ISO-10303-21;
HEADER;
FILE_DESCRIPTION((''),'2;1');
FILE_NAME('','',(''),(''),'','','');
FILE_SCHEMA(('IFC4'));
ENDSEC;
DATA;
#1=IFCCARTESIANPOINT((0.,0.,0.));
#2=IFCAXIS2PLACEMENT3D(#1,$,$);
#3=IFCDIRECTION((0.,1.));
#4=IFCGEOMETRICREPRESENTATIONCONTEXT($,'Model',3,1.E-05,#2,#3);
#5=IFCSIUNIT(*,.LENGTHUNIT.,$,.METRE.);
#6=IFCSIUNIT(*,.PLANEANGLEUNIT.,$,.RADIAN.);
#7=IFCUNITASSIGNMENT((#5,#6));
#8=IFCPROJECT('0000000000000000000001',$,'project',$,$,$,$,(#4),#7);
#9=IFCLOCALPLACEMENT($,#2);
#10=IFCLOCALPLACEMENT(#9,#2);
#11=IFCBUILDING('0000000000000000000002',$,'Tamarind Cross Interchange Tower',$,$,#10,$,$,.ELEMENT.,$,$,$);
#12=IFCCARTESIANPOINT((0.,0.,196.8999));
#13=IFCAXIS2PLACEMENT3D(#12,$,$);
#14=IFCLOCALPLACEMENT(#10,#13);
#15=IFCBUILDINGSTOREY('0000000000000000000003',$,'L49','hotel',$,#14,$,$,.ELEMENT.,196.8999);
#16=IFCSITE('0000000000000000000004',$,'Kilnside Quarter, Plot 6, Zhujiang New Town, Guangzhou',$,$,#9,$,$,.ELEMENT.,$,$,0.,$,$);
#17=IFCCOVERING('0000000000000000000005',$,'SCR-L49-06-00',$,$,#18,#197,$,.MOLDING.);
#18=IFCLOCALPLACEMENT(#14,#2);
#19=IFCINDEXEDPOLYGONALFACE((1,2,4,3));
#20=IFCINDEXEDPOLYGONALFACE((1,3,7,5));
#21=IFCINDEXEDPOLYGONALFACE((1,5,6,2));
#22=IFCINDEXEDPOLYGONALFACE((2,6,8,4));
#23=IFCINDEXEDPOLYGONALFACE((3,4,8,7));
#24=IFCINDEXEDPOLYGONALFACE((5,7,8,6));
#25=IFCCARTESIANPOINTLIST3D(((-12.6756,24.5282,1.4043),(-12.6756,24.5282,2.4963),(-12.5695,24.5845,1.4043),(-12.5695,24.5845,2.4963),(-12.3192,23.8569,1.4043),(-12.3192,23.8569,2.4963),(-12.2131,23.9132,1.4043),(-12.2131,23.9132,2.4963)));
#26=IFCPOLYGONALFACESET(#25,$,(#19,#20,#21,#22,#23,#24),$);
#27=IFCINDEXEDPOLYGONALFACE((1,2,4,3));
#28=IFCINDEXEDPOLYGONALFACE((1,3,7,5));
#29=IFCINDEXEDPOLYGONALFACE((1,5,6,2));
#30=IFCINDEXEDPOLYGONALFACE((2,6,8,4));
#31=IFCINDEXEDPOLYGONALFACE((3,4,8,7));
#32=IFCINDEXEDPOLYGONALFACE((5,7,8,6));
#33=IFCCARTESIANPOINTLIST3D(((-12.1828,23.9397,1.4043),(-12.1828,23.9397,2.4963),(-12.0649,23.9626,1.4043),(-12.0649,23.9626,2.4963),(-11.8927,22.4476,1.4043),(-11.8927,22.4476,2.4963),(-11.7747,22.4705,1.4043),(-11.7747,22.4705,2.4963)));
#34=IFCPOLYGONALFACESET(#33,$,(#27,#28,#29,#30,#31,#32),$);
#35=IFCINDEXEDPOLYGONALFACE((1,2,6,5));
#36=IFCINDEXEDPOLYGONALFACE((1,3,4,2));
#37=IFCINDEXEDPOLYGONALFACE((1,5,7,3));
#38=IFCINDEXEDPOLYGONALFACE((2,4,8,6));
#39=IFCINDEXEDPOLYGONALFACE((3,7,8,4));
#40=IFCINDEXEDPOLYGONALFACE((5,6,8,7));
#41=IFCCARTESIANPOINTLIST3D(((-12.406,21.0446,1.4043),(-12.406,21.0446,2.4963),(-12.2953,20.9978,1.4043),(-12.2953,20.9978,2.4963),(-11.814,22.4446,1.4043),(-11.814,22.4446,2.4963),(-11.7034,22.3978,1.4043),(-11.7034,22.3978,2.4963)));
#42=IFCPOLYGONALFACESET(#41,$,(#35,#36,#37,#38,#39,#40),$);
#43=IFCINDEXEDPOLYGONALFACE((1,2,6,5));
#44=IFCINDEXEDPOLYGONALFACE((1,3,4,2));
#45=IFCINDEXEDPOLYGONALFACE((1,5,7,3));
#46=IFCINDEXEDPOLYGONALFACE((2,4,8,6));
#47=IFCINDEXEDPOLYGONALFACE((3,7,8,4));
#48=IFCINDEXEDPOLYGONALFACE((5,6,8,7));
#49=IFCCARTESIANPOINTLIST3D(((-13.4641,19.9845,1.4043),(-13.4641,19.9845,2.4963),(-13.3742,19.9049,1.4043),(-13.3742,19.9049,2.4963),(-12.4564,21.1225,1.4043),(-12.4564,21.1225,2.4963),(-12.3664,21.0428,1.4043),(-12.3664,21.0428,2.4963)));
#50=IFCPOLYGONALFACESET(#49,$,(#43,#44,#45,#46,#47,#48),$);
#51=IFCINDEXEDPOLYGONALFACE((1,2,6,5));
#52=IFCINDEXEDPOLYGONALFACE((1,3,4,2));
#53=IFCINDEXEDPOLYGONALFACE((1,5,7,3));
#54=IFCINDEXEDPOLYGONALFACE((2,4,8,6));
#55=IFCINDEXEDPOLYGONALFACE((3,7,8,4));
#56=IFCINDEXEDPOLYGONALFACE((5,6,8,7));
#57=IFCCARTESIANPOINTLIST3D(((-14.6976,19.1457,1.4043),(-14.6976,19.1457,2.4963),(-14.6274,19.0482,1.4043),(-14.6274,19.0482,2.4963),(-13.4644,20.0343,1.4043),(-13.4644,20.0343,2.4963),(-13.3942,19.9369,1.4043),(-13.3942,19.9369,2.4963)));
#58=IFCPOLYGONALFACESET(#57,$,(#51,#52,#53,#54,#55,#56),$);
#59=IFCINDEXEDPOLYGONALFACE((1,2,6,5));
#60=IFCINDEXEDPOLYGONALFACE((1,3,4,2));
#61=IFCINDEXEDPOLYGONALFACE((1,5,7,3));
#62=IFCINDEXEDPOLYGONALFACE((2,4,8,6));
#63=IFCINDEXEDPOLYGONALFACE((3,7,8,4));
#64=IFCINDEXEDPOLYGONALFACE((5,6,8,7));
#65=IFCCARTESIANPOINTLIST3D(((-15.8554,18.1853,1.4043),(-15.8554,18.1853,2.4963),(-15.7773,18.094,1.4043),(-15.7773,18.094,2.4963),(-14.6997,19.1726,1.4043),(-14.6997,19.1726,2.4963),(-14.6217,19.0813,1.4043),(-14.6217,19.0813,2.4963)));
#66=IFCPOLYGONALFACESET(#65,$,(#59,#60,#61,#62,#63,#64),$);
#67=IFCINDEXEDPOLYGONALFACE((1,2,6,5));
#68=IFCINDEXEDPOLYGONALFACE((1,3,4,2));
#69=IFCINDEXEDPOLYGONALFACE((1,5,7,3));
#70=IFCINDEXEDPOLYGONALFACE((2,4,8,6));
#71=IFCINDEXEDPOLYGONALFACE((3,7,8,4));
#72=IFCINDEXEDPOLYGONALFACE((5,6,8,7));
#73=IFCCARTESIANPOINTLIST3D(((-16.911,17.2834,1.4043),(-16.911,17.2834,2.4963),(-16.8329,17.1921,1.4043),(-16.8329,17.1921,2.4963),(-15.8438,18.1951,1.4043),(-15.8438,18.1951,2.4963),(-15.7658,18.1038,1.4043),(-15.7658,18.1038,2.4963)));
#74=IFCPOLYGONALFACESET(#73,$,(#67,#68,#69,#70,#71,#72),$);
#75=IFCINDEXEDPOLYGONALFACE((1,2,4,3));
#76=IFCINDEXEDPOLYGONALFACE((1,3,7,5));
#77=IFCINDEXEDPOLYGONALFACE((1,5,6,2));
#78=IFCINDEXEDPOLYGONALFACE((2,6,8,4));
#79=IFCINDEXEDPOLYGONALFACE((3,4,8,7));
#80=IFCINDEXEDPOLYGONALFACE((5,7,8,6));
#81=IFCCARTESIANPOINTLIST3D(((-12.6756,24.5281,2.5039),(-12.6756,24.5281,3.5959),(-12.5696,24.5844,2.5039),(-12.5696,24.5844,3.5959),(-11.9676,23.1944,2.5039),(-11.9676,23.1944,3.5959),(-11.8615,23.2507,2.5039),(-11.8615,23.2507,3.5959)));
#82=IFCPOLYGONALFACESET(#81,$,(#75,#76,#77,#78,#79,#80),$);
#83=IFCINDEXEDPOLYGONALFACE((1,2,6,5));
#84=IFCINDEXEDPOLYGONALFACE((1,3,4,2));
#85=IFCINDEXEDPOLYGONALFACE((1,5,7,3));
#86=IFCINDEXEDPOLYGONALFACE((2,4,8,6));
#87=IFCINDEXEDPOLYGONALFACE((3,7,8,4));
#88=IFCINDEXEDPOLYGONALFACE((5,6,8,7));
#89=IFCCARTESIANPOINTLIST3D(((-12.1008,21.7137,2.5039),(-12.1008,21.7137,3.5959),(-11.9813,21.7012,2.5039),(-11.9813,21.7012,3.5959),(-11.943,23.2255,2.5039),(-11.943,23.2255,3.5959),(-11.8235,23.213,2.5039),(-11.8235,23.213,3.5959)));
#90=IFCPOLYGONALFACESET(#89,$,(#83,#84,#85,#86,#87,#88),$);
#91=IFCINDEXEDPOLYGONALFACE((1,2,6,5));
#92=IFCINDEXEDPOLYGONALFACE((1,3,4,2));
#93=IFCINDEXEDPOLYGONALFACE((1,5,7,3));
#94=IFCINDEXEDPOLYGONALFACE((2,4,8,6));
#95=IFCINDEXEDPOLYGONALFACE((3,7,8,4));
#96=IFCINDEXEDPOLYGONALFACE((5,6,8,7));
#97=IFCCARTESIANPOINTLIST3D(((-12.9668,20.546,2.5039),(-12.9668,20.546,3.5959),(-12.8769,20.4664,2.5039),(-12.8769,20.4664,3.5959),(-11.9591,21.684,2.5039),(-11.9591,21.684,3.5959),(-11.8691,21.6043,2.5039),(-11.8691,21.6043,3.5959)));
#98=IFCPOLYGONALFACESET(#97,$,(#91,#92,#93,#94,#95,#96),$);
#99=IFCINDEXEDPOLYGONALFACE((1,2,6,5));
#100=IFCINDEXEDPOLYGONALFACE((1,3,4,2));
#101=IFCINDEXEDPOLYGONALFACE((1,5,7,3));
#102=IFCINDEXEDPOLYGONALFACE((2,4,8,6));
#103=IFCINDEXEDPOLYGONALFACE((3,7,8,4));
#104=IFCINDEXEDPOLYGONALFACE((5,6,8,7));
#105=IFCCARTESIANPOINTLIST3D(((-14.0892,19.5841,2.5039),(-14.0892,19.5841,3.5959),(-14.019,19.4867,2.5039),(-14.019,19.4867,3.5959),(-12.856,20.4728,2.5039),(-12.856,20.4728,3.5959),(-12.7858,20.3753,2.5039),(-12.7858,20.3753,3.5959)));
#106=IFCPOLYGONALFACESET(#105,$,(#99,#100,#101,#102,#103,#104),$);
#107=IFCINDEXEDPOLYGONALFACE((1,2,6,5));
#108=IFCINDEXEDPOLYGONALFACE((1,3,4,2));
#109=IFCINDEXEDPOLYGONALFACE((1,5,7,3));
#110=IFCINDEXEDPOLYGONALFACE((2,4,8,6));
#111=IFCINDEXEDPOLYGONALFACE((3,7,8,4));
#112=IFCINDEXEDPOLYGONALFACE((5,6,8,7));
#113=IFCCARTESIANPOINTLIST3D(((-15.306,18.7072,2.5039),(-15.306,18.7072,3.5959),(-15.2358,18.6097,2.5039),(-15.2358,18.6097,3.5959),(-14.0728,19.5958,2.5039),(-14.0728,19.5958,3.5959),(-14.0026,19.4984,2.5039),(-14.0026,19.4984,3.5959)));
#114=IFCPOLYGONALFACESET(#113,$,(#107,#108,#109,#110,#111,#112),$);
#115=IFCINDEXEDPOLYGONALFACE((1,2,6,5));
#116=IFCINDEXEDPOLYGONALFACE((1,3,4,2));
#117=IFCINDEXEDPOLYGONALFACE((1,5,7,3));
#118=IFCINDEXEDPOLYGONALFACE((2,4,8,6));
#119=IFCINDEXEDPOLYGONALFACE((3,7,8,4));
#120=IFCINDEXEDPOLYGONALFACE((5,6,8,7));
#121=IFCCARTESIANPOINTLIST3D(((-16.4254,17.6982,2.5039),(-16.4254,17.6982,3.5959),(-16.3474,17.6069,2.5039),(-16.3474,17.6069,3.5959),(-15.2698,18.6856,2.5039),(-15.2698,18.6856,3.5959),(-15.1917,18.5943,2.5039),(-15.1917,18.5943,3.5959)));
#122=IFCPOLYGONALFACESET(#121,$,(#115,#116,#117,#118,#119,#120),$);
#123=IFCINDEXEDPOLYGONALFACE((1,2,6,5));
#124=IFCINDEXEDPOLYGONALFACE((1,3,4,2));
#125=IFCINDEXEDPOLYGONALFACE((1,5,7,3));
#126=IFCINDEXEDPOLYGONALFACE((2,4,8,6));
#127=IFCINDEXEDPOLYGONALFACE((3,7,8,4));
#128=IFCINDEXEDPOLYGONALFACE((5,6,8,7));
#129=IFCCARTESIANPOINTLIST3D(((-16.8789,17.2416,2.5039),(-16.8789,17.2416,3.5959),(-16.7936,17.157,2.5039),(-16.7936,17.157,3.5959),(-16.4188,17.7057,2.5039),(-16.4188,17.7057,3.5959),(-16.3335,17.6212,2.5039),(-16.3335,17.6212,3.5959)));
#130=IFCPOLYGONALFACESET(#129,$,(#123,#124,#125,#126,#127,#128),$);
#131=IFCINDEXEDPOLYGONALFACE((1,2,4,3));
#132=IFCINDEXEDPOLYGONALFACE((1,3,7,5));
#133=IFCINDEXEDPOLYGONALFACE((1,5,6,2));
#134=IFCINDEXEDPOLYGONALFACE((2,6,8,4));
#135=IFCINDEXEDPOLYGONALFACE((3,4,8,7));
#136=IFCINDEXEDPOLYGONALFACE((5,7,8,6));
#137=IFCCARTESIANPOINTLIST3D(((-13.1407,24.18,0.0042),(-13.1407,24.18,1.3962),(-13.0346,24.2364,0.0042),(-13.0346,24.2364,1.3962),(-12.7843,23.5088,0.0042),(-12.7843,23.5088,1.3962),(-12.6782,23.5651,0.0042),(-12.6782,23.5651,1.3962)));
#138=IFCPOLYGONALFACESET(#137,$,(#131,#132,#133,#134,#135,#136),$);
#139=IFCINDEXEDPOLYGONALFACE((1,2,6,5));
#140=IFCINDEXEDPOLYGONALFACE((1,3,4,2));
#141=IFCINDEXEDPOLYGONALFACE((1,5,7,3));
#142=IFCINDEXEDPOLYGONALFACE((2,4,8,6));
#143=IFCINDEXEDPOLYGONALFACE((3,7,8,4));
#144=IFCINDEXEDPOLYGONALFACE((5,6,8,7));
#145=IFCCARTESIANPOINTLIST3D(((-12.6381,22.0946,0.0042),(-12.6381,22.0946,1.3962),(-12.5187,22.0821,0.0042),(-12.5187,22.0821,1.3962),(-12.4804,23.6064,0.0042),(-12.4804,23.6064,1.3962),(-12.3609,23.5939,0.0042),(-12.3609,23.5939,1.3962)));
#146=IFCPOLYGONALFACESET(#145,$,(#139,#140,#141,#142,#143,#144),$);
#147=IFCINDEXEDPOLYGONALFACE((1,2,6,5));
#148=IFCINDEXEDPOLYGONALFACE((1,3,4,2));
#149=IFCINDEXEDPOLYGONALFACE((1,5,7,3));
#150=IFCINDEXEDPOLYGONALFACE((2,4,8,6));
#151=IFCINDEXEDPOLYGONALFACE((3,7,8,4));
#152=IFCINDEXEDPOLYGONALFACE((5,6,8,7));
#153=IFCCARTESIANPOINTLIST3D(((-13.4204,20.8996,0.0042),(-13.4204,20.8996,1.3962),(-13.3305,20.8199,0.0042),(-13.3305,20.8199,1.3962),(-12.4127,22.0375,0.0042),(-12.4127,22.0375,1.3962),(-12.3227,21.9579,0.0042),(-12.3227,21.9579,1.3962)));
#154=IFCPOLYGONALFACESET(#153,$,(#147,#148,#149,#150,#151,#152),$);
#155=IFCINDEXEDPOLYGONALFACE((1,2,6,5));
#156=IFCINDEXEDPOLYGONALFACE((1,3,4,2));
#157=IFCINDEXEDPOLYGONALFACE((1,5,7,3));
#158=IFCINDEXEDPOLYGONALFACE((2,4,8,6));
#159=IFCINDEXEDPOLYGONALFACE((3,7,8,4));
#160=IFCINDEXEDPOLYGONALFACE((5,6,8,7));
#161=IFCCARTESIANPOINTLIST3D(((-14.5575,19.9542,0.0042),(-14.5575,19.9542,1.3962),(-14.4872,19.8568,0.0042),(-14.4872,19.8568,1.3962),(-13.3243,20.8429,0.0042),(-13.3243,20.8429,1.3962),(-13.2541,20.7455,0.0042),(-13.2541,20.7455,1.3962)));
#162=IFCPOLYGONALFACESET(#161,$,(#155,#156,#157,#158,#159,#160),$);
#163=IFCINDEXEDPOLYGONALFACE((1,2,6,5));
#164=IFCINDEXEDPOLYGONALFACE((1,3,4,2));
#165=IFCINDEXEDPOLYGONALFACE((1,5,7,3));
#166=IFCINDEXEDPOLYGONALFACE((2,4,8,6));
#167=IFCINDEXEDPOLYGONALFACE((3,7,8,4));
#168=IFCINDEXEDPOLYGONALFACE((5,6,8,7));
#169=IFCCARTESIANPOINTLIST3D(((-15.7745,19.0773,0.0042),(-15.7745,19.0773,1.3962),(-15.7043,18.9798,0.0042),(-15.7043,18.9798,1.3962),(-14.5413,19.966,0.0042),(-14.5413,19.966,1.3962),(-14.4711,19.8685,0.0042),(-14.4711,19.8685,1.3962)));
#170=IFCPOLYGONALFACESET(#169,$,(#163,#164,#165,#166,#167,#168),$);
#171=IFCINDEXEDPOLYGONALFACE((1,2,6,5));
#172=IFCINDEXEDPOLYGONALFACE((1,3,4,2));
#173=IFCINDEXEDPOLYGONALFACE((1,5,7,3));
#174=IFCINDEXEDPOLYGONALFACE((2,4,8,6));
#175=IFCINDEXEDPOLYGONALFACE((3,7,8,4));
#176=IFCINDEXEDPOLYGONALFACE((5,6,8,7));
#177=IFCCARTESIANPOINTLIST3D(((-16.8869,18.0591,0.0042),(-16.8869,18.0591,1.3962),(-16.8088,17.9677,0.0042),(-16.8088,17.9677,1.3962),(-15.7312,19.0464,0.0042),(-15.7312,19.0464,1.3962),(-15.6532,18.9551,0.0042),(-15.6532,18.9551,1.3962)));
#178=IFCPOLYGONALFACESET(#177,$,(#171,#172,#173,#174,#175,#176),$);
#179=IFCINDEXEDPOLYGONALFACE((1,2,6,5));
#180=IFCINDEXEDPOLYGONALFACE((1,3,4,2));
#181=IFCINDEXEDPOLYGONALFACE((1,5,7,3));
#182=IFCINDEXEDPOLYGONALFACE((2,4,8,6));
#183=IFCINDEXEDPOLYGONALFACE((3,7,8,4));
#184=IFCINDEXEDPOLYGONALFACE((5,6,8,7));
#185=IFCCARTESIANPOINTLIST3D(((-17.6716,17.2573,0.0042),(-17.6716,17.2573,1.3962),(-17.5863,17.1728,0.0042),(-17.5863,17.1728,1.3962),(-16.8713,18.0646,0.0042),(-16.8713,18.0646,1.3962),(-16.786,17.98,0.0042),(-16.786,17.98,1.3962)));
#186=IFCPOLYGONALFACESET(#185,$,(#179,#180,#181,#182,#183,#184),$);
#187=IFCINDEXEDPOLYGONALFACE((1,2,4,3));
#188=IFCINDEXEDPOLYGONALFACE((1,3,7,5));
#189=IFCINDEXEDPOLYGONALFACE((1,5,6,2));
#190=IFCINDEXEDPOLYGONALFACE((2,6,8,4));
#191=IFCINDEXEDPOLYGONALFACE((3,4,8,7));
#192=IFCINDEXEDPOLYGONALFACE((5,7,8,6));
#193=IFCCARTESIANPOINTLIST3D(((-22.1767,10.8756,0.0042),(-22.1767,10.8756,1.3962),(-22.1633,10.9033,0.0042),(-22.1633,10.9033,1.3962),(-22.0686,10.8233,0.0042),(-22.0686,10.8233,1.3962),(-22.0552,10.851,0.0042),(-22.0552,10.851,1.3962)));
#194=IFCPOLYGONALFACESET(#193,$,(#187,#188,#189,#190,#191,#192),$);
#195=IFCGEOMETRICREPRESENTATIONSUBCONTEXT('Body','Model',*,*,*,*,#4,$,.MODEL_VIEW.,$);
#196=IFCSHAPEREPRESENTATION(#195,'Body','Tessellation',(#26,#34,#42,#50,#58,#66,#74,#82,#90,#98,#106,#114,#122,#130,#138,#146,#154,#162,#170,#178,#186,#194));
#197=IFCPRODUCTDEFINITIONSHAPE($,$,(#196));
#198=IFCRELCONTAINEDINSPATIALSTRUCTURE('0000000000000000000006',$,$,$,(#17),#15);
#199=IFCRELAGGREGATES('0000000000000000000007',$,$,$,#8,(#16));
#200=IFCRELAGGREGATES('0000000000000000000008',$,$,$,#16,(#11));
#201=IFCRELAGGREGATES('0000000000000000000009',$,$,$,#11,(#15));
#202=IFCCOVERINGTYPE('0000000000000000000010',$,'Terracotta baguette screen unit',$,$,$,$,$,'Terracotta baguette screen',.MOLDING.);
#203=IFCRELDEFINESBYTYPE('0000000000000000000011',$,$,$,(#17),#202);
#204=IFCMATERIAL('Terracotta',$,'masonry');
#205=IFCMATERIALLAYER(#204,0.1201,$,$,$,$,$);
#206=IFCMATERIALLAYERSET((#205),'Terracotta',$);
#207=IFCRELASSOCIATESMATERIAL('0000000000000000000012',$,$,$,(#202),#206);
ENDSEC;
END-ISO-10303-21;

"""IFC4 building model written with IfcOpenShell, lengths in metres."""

from ifc_helpers import new_model, si_unit, direction, frame, origin, origin_2d, place, context, subcontext, project, spatial, rectangle, extrude, material, layer, layer_set, type_object, element, save


model = new_model("IFC4")

# Units and contexts
model_context = context("Model", 3, precision=1e-05, world=origin(), true_north=direction((0.0, 1.0)))
body_context = subcontext(model_context, "Body", "Model", "MODEL_VIEW")
ifc_project = project(units=[si_unit("LENGTHUNIT", "METRE"), si_unit("PLANEANGLEUNIT", "RADIAN")], contexts=[model_context])

# Site, building, storey
site_placement = place(None, origin())
site = spatial("IfcSite", under=ifc_project, at=site_placement, Name="Kilnside Quarter, Plot 6, Zhujiang New Town, Guangzhou", CompositionType="ELEMENT", RefElevation=0.0)
building_placement = place(site_placement, origin())
building = spatial("IfcBuilding", under=site, at=building_placement, Name="Tamarind Cross Interchange Tower", CompositionType="ELEMENT")
storey_placement = place(building_placement, frame((0.0, 0.0, 196.8999)))
storey = spatial("IfcBuildingStorey", under=building, at=storey_placement, Name="L49", Description="hotel", CompositionType="ELEMENT", Elevation=196.8999)

# Covering
ifc_material_1 = material(Name="Terracotta", Category="masonry")
ifc_layer_1 = layer(ifc_material_1, 0.1201)
ifc_layer_set_1 = layer_set([ifc_layer_1], Name="Terracotta")
covering_type = type_object("IfcCoveringType", Name="Terracotta baguette screen unit", ElementType="Terracotta baguette screen", PredefinedType="MOLDING", material=ifc_layer_set_1)
covering_1_placement = place(storey_placement, origin())
element("IfcCovering", 1, at=covering_1_placement, inside=storey, type_object=covering_type, Name="SCR-L49-06-00", PredefinedType="MOLDING", context=body_context, shape_type="SweptSolid", body=[
    extrude(rectangle(XDim=0.76, YDim=0.1201, at=origin_2d()), frame((-12.4443, 24.2207, 1.4043), z_axis=(0.0, 0.0, 1.0), x_axis=(0.468932, -0.883234, 0.0)), (0.0, 0.0, 1.0), 1.092),
    extrude(rectangle(XDim=1.52, YDim=0.1201, at=origin_2d()), frame((-11.9788, 23.2051, 1.4043), z_axis=(0.0, 0.0, 1.0), x_axis=(0.19087, -0.981615, 0.0)), (0.0, 0.0, 1.0), 1.092),
    extrude(rectangle(XDim=1.52, YDim=0.1201, at=origin_2d()), frame((-12.0547, 21.7212, 1.4043), z_axis=(0.0, 0.0, 1.0), x_axis=(-0.389434, -0.921054, 0.0)), (0.0, 0.0, 1.0), 1.092),
    extrude(rectangle(XDim=1.52, YDim=0.1201, at=origin_2d()), frame((-12.9153, 20.5137, 1.4043), z_axis=(0.0, 0.0, 1.0), x_axis=(-0.662981, -0.748636, 0.0)), (0.0, 0.0, 1.0), 1.092),
    extrude(rectangle(XDim=1.52, YDim=0.1201, at=origin_2d()), frame((-14.0459, 19.5413, 1.4043), z_axis=(0.0, 0.0, 1.0), x_axis=(-0.811294, -0.584638, 0.0)), (0.0, 0.0, 1.0), 1.092),
    extrude(rectangle(XDim=1.52, YDim=0.1201, at=origin_2d()), frame((-15.2385, 18.6333, 1.4043), z_axis=(0.0, 0.0, 1.0), x_axis=(-0.760296, -0.649577, 0.0)), (0.0, 0.0, 1.0), 1.092),
    extrude(rectangle(XDim=1.4036, YDim=0.1201, at=origin_2d()), frame((-16.3384, 17.6936, 1.4043), z_axis=(0.0, 0.0, 1.0), x_axis=(-0.760296, -0.649577, 0.0)), (0.0, 0.0, 1.0), 1.092),
    extrude(rectangle(XDim=1.51, YDim=0.1201, at=origin_2d()), frame((-12.2686, 23.8894, 2.5039), z_axis=(0.0, 0.0, 1.0), x_axis=(0.468932, -0.883234, 0.0)), (0.0, 0.0, 1.0), 1.092),
    extrude(rectangle(XDim=1.52, YDim=0.1201, at=origin_2d()), frame((-11.9622, 22.4634, 2.5039), z_axis=(0.0, 0.0, 1.0), x_axis=(-0.103797, -0.994599, 0.0)), (0.0, 0.0, 1.0), 1.092),
    extrude(rectangle(XDim=1.52, YDim=0.1201, at=origin_2d()), frame((-12.418, 21.0752, 2.5039), z_axis=(0.0, 0.0, 1.0), x_axis=(-0.662981, -0.748636, 0.0)), (0.0, 0.0, 1.0), 1.092),
    extrude(rectangle(XDim=1.52, YDim=0.1201, at=origin_2d()), frame((-13.4375, 19.9797, 2.5039), z_axis=(0.0, 0.0, 1.0), x_axis=(-0.811294, -0.584638, 0.0)), (0.0, 0.0, 1.0), 1.092),
    extrude(rectangle(XDim=1.52, YDim=0.1201, at=origin_2d()), frame((-14.6543, 19.1028, 2.5039), z_axis=(0.0, 0.0, 1.0), x_axis=(-0.811294, -0.584638, 0.0)), (0.0, 0.0, 1.0), 1.092),
    extrude(rectangle(XDim=1.52, YDim=0.1201, at=origin_2d()), frame((-15.8086, 18.1462, 2.5039), z_axis=(0.0, 0.0, 1.0), x_axis=(-0.760296, -0.649577, 0.0)), (0.0, 0.0, 1.0), 1.092),
    extrude(rectangle(XDim=0.6536, YDim=0.1201, at=origin_2d()), frame((-16.6062, 17.4314, 2.5039), z_axis=(0.0, 0.0, 1.0), x_axis=(-0.704057, -0.710143, 0.0)), (0.0, 0.0, 1.0), 1.092),
    extrude(rectangle(XDim=0.76, YDim=0.1201, at=origin_2d()), frame((-12.9094, 23.8726, 0.0042), z_axis=(0.0, 0.0, 1.0), x_axis=(0.468932, -0.883234, 0.0)), (0.0, 0.0, 1.0), 1.3921),
    extrude(rectangle(XDim=1.52, YDim=0.1201, at=origin_2d()), frame((-12.4995, 22.8442, 0.0042), z_axis=(0.0, 0.0, 1.0), x_axis=(-0.103797, -0.994599, 0.0)), (0.0, 0.0, 1.0), 1.3921),
    extrude(rectangle(XDim=1.52, YDim=0.1201, at=origin_2d()), frame((-12.8716, 21.4287, 0.0042), z_axis=(0.0, 0.0, 1.0), x_axis=(-0.662981, -0.748636, 0.0)), (0.0, 0.0, 1.0), 1.3921),
    extrude(rectangle(XDim=1.52, YDim=0.1201, at=origin_2d()), frame((-13.9058, 20.3499, 0.0042), z_axis=(0.0, 0.0, 1.0), x_axis=(-0.811294, -0.584638, 0.0)), (0.0, 0.0, 1.0), 1.3921),
    extrude(rectangle(XDim=1.52, YDim=0.1201, at=origin_2d()), frame((-15.1228, 19.4729, 0.0042), z_axis=(0.0, 0.0, 1.0), x_axis=(-0.811294, -0.584638, 0.0)), (0.0, 0.0, 1.0), 1.3921),
    extrude(rectangle(XDim=1.52, YDim=0.1201, at=origin_2d()), frame((-16.27, 18.5071, 0.0042), z_axis=(0.0, 0.0, 1.0), x_axis=(-0.760296, -0.649577, 0.0)), (0.0, 0.0, 1.0), 1.3921),
    extrude(rectangle(XDim=1.1367, YDim=0.1201, at=origin_2d()), frame((-17.2288, 17.6187, 0.0042), z_axis=(0.0, 0.0, 1.0), x_axis=(-0.704057, -0.710143, 0.0)), (0.0, 0.0, 1.0), 1.3921),
    extrude(rectangle(XDim=0.0308, YDim=0.1201, at=origin_2d()), frame((-22.116, 10.8633, 0.0042), z_axis=(0.0, 0.0, 1.0), x_axis=(-0.435326, -0.900273, 0.0)), (0.0, 0.0, 1.0), 1.3921),
])

save(model, "model.ifc")
